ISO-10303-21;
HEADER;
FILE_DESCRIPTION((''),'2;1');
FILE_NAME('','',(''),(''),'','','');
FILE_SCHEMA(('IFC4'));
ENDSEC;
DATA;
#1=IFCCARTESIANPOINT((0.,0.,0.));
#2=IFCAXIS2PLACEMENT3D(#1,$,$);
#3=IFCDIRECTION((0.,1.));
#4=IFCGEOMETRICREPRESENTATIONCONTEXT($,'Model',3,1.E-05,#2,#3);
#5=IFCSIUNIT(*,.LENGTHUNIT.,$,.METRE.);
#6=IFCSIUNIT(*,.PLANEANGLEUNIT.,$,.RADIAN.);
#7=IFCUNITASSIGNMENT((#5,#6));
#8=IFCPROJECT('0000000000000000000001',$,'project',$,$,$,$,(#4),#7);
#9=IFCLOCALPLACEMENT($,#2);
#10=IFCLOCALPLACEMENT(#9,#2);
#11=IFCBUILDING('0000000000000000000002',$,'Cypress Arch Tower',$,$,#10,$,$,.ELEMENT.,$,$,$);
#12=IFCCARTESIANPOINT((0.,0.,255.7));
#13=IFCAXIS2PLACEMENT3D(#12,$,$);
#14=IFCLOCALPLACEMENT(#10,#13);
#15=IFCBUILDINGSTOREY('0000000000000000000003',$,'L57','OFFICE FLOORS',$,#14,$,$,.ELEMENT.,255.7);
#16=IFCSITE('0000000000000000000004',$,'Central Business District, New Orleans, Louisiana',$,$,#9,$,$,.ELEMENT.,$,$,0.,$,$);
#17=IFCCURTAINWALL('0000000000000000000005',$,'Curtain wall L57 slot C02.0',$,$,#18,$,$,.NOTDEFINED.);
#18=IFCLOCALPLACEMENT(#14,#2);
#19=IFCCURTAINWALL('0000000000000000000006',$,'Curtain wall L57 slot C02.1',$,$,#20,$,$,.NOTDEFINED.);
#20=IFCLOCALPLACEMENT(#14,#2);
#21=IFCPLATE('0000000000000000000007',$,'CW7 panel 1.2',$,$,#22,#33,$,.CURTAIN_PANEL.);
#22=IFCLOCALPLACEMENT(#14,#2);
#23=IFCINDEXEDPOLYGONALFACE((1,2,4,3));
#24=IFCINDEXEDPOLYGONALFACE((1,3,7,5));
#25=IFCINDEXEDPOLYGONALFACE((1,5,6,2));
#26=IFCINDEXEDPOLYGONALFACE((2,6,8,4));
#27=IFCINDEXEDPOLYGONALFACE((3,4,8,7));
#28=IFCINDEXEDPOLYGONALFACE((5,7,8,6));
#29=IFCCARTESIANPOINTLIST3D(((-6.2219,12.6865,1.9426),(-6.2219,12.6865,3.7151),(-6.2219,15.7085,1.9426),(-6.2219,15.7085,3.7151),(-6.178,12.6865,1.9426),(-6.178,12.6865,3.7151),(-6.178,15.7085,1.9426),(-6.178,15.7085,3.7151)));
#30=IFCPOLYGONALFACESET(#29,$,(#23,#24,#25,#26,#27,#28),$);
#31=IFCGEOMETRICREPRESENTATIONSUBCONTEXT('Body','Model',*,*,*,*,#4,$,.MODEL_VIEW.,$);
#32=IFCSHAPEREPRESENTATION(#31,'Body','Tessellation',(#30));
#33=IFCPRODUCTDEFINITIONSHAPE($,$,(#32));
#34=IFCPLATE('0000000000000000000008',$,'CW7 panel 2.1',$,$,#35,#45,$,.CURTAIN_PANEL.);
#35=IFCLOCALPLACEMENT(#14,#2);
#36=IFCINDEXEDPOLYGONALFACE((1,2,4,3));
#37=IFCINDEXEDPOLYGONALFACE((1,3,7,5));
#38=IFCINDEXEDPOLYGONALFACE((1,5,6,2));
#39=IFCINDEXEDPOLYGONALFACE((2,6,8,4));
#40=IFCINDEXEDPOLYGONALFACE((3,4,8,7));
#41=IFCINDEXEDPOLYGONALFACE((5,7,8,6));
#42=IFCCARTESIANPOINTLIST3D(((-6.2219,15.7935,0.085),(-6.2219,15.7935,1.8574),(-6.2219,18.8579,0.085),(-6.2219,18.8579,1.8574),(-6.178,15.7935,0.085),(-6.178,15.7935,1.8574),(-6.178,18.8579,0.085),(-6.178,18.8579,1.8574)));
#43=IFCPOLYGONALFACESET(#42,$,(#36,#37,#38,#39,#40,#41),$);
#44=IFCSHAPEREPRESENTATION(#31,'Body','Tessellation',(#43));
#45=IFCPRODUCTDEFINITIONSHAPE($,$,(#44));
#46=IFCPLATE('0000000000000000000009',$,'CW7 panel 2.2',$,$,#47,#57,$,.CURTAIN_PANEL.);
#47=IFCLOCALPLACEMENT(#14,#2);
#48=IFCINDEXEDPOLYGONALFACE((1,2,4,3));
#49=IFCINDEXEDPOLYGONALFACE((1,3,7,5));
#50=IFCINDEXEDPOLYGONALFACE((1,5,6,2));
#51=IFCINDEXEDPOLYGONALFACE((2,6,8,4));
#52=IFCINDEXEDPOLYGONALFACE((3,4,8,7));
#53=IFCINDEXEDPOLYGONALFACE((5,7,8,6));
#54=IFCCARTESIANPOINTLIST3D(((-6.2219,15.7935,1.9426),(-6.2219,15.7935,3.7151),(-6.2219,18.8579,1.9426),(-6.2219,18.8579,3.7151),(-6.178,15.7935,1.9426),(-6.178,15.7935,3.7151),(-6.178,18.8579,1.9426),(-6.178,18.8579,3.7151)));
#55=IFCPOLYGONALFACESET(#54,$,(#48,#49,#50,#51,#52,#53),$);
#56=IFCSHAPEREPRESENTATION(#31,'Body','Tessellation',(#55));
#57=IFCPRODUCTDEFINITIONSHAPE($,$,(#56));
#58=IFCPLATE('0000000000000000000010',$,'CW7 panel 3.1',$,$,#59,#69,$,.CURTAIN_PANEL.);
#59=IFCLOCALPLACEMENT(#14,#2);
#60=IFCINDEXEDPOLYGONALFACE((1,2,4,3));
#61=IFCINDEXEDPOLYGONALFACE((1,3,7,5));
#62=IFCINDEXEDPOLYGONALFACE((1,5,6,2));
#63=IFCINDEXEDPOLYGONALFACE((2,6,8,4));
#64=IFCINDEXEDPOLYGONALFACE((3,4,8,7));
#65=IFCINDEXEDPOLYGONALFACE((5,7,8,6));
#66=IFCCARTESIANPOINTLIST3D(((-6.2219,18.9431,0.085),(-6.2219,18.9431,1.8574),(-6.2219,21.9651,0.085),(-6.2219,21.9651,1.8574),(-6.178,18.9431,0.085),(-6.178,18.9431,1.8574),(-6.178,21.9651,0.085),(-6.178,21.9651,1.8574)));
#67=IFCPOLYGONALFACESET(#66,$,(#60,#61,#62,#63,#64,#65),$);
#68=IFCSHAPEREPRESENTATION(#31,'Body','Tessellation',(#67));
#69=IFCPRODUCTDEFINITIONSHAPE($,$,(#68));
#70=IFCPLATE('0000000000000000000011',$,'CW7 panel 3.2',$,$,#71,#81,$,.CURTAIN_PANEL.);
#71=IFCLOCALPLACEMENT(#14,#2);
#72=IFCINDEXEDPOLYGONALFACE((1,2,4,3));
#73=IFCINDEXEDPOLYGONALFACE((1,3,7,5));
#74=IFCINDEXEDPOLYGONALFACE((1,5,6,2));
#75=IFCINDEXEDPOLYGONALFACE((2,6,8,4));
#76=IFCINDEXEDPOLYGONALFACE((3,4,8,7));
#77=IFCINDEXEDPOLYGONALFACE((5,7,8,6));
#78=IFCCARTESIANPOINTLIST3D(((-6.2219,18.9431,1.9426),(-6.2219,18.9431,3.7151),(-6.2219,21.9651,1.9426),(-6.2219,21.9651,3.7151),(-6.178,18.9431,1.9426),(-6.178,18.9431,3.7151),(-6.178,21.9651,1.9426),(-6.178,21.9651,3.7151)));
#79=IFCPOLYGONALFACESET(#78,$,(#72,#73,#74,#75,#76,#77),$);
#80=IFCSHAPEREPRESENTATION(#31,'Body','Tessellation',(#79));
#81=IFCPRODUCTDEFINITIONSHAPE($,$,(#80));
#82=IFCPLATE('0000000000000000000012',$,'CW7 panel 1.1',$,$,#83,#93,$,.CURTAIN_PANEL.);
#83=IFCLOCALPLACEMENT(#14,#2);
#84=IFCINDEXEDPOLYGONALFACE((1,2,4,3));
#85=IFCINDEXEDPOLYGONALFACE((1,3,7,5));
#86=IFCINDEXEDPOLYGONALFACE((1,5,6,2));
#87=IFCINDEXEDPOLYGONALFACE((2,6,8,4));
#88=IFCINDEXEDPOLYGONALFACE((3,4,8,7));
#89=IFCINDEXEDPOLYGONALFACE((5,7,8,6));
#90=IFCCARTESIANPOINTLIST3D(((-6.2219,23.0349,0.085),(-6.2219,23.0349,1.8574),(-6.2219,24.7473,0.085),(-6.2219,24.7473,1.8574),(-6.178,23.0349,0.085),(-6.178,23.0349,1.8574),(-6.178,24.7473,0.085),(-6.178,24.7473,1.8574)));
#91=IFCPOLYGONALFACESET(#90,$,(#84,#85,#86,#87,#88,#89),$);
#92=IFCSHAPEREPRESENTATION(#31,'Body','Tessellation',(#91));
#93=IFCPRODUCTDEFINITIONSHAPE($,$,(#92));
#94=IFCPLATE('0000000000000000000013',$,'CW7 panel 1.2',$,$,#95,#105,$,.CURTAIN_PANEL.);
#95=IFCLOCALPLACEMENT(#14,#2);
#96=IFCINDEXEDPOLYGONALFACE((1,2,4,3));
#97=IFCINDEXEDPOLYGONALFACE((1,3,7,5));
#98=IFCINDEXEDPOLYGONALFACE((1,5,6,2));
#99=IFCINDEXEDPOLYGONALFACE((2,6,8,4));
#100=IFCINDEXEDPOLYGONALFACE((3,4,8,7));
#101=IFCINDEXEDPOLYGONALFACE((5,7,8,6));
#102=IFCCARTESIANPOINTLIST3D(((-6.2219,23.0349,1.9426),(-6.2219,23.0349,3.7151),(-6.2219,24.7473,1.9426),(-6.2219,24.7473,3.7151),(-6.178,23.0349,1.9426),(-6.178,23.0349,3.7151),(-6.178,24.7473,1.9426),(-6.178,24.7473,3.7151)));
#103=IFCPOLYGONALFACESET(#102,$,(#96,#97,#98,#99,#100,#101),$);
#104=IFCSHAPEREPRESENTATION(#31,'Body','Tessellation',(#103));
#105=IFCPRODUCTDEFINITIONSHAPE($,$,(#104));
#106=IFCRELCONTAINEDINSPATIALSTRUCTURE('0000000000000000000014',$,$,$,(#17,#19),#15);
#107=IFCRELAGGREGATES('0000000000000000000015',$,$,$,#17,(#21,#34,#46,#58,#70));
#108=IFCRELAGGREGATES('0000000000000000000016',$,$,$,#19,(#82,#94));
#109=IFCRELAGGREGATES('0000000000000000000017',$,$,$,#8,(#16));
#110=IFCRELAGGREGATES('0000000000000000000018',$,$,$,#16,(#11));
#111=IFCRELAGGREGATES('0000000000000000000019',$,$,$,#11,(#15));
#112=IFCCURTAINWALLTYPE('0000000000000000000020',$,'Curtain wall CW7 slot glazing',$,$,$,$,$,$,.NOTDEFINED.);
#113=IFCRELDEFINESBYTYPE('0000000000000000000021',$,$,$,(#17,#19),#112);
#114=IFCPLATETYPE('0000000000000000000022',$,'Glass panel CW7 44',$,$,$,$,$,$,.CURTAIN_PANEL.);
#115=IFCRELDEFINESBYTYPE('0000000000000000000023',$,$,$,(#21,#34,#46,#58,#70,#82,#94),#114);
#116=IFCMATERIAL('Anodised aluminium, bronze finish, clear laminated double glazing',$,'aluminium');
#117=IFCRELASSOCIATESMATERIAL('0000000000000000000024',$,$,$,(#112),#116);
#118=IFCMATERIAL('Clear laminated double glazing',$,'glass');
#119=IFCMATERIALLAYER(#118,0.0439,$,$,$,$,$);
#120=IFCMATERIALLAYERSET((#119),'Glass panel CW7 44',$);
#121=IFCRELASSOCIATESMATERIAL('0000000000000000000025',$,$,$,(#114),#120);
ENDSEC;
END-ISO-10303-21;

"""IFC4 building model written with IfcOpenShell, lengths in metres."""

from ifc_helpers import new_model, si_unit, direction, frame, origin, origin_2d, place, context, subcontext, project, spatial, rectangle, extrude, material, layer, layer_set, type_object, element, aggregate, save


model = new_model("IFC4")

# Units and contexts
model_context = context("Model", 3, precision=1e-05, world=origin(), true_north=direction((0.0, 1.0)))
body_context = subcontext(model_context, "Body", "Model", "MODEL_VIEW")
ifc_project = project(units=[si_unit("LENGTHUNIT", "METRE"), si_unit("PLANEANGLEUNIT", "RADIAN")], contexts=[model_context])

# Site, building, storey
site_placement = place(None, origin())
site = spatial("IfcSite", under=ifc_project, at=site_placement, Name="Central Business District, New Orleans, Louisiana", CompositionType="ELEMENT", RefElevation=0.0)
building_placement = place(site_placement, origin())
building = spatial("IfcBuilding", under=site, at=building_placement, Name="Cypress Arch Tower", CompositionType="ELEMENT")
storey_placement = place(building_placement, frame((0.0, 0.0, 255.7)))
storey = spatial("IfcBuildingStorey", under=building, at=storey_placement, Name="L57", Description="OFFICE FLOORS", CompositionType="ELEMENT", Elevation=255.7)

# Shared definitions
ifc_material_1 = material(Name="Anodised aluminium, bronze finish, clear laminated double glazing", Category="aluminium")
curtain_wall_type = type_object("IfcCurtainWallType", Name="Curtain wall CW7 slot glazing", PredefinedType="NOTDEFINED", material=ifc_material_1)

# Curtain walls
curtain_wall_1_placement = place(storey_placement, origin())
curtain_wall_1 = element("IfcCurtainWall", 1, at=curtain_wall_1_placement, inside=storey, type_object=curtain_wall_type, Name="Curtain wall L57 slot C02.0", PredefinedType="NOTDEFINED")
curtain_wall_2_placement = place(storey_placement, origin())
curtain_wall_2 = element("IfcCurtainWall", 2, at=curtain_wall_2_placement, inside=storey, type_object=curtain_wall_type, Name="Curtain wall L57 slot C02.1", PredefinedType="NOTDEFINED")

# Plates
ifc_material_2 = material(Name="Clear laminated double glazing", Category="glass")
ifc_layer = layer(ifc_material_2, 0.0439)
ifc_layer_set = layer_set([ifc_layer], Name="Glass panel CW7 44")
plate_type = type_object("IfcPlateType", Name="Glass panel CW7 44", PredefinedType="CURTAIN_PANEL", material=ifc_layer_set)
plate_1_placement = place(storey_placement, frame((-6.2, 14.1975, 1.9426), z_axis=(0.0, 0.0, 1.0), x_axis=(0.0, 1.0, 0.0)))
plate_1 = element("IfcPlate", 3, at=plate_1_placement, type_object=plate_type, Name="CW7 panel 1.2", PredefinedType="CURTAIN_PANEL", context=body_context, shape_type="SweptSolid", body=[
    extrude(rectangle(XDim=3.022, YDim=0.0439, at=origin_2d()), origin(), (0.0, 0.0, 1.0), 1.7725),
])
plate_2_placement = place(storey_placement, frame((-6.2, 17.3257, 0.085), z_axis=(0.0, 0.0, 1.0), x_axis=(0.0, 1.0, 0.0)))
plate_2 = element("IfcPlate", 4, at=plate_2_placement, type_object=plate_type, Name="CW7 panel 2.1", PredefinedType="CURTAIN_PANEL", context=body_context, shape_type="SweptSolid", body=[
    extrude(rectangle(XDim=3.0645, YDim=0.0439, at=origin_2d()), origin(), (0.0, 0.0, 1.0), 1.7725),
])
plate_3_placement = place(storey_placement, frame((-6.2, 17.3257, 1.9426), z_axis=(0.0, 0.0, 1.0), x_axis=(0.0, 1.0, 0.0)))
plate_3 = element("IfcPlate", 5, at=plate_3_placement, type_object=plate_type, Name="CW7 panel 2.2", PredefinedType="CURTAIN_PANEL", context=body_context, shape_type="SweptSolid", body=[
    extrude(rectangle(XDim=3.0645, YDim=0.0439, at=origin_2d()), origin(), (0.0, 0.0, 1.0), 1.7725),
])
plate_4_placement = place(storey_placement, frame((-6.2, 20.4541, 0.085), z_axis=(0.0, 0.0, 1.0), x_axis=(0.0, 1.0, 0.0)))
plate_4 = element("IfcPlate", 6, at=plate_4_placement, type_object=plate_type, Name="CW7 panel 3.1", PredefinedType="CURTAIN_PANEL", context=body_context, shape_type="SweptSolid", body=[
    extrude(rectangle(XDim=3.022, YDim=0.0439, at=origin_2d()), origin(), (0.0, 0.0, 1.0), 1.7725),
])
plate_5_placement = place(storey_placement, frame((-6.2, 20.4541, 1.9426), z_axis=(0.0, 0.0, 1.0), x_axis=(0.0, 1.0, 0.0)))
plate_5 = element("IfcPlate", 7, at=plate_5_placement, type_object=plate_type, Name="CW7 panel 3.2", PredefinedType="CURTAIN_PANEL", context=body_context, shape_type="SweptSolid", body=[
    extrude(rectangle(XDim=3.022, YDim=0.0439, at=origin_2d()), origin(), (0.0, 0.0, 1.0), 1.7725),
])
aggregate(curtain_wall_1, [plate_1, plate_2, plate_3, plate_4, plate_5])
plate_6_placement = place(storey_placement, frame((-6.2, 23.8911, 0.085), z_axis=(0.0, 0.0, 1.0), x_axis=(0.0, 1.0, 0.0)))
plate_6 = element("IfcPlate", 8, at=plate_6_placement, type_object=plate_type, Name="CW7 panel 1.1", PredefinedType="CURTAIN_PANEL", context=body_context, shape_type="SweptSolid", body=[
    extrude(rectangle(XDim=1.7124, YDim=0.0439, at=origin_2d()), origin(), (0.0, 0.0, 1.0), 1.7725),
])
plate_7_placement = place(storey_placement, frame((-6.2, 23.8911, 1.9426), z_axis=(0.0, 0.0, 1.0), x_axis=(0.0, 1.0, 0.0)))
plate_7 = element("IfcPlate", 9, at=plate_7_placement, type_object=plate_type, Name="CW7 panel 1.2", PredefinedType="CURTAIN_PANEL", context=body_context, shape_type="SweptSolid", body=[
    extrude(rectangle(XDim=1.7124, YDim=0.0439, at=origin_2d()), origin(), (0.0, 0.0, 1.0), 1.7725),
])
aggregate(curtain_wall_2, [plate_6, plate_7])

save(model, "model.ifc")
